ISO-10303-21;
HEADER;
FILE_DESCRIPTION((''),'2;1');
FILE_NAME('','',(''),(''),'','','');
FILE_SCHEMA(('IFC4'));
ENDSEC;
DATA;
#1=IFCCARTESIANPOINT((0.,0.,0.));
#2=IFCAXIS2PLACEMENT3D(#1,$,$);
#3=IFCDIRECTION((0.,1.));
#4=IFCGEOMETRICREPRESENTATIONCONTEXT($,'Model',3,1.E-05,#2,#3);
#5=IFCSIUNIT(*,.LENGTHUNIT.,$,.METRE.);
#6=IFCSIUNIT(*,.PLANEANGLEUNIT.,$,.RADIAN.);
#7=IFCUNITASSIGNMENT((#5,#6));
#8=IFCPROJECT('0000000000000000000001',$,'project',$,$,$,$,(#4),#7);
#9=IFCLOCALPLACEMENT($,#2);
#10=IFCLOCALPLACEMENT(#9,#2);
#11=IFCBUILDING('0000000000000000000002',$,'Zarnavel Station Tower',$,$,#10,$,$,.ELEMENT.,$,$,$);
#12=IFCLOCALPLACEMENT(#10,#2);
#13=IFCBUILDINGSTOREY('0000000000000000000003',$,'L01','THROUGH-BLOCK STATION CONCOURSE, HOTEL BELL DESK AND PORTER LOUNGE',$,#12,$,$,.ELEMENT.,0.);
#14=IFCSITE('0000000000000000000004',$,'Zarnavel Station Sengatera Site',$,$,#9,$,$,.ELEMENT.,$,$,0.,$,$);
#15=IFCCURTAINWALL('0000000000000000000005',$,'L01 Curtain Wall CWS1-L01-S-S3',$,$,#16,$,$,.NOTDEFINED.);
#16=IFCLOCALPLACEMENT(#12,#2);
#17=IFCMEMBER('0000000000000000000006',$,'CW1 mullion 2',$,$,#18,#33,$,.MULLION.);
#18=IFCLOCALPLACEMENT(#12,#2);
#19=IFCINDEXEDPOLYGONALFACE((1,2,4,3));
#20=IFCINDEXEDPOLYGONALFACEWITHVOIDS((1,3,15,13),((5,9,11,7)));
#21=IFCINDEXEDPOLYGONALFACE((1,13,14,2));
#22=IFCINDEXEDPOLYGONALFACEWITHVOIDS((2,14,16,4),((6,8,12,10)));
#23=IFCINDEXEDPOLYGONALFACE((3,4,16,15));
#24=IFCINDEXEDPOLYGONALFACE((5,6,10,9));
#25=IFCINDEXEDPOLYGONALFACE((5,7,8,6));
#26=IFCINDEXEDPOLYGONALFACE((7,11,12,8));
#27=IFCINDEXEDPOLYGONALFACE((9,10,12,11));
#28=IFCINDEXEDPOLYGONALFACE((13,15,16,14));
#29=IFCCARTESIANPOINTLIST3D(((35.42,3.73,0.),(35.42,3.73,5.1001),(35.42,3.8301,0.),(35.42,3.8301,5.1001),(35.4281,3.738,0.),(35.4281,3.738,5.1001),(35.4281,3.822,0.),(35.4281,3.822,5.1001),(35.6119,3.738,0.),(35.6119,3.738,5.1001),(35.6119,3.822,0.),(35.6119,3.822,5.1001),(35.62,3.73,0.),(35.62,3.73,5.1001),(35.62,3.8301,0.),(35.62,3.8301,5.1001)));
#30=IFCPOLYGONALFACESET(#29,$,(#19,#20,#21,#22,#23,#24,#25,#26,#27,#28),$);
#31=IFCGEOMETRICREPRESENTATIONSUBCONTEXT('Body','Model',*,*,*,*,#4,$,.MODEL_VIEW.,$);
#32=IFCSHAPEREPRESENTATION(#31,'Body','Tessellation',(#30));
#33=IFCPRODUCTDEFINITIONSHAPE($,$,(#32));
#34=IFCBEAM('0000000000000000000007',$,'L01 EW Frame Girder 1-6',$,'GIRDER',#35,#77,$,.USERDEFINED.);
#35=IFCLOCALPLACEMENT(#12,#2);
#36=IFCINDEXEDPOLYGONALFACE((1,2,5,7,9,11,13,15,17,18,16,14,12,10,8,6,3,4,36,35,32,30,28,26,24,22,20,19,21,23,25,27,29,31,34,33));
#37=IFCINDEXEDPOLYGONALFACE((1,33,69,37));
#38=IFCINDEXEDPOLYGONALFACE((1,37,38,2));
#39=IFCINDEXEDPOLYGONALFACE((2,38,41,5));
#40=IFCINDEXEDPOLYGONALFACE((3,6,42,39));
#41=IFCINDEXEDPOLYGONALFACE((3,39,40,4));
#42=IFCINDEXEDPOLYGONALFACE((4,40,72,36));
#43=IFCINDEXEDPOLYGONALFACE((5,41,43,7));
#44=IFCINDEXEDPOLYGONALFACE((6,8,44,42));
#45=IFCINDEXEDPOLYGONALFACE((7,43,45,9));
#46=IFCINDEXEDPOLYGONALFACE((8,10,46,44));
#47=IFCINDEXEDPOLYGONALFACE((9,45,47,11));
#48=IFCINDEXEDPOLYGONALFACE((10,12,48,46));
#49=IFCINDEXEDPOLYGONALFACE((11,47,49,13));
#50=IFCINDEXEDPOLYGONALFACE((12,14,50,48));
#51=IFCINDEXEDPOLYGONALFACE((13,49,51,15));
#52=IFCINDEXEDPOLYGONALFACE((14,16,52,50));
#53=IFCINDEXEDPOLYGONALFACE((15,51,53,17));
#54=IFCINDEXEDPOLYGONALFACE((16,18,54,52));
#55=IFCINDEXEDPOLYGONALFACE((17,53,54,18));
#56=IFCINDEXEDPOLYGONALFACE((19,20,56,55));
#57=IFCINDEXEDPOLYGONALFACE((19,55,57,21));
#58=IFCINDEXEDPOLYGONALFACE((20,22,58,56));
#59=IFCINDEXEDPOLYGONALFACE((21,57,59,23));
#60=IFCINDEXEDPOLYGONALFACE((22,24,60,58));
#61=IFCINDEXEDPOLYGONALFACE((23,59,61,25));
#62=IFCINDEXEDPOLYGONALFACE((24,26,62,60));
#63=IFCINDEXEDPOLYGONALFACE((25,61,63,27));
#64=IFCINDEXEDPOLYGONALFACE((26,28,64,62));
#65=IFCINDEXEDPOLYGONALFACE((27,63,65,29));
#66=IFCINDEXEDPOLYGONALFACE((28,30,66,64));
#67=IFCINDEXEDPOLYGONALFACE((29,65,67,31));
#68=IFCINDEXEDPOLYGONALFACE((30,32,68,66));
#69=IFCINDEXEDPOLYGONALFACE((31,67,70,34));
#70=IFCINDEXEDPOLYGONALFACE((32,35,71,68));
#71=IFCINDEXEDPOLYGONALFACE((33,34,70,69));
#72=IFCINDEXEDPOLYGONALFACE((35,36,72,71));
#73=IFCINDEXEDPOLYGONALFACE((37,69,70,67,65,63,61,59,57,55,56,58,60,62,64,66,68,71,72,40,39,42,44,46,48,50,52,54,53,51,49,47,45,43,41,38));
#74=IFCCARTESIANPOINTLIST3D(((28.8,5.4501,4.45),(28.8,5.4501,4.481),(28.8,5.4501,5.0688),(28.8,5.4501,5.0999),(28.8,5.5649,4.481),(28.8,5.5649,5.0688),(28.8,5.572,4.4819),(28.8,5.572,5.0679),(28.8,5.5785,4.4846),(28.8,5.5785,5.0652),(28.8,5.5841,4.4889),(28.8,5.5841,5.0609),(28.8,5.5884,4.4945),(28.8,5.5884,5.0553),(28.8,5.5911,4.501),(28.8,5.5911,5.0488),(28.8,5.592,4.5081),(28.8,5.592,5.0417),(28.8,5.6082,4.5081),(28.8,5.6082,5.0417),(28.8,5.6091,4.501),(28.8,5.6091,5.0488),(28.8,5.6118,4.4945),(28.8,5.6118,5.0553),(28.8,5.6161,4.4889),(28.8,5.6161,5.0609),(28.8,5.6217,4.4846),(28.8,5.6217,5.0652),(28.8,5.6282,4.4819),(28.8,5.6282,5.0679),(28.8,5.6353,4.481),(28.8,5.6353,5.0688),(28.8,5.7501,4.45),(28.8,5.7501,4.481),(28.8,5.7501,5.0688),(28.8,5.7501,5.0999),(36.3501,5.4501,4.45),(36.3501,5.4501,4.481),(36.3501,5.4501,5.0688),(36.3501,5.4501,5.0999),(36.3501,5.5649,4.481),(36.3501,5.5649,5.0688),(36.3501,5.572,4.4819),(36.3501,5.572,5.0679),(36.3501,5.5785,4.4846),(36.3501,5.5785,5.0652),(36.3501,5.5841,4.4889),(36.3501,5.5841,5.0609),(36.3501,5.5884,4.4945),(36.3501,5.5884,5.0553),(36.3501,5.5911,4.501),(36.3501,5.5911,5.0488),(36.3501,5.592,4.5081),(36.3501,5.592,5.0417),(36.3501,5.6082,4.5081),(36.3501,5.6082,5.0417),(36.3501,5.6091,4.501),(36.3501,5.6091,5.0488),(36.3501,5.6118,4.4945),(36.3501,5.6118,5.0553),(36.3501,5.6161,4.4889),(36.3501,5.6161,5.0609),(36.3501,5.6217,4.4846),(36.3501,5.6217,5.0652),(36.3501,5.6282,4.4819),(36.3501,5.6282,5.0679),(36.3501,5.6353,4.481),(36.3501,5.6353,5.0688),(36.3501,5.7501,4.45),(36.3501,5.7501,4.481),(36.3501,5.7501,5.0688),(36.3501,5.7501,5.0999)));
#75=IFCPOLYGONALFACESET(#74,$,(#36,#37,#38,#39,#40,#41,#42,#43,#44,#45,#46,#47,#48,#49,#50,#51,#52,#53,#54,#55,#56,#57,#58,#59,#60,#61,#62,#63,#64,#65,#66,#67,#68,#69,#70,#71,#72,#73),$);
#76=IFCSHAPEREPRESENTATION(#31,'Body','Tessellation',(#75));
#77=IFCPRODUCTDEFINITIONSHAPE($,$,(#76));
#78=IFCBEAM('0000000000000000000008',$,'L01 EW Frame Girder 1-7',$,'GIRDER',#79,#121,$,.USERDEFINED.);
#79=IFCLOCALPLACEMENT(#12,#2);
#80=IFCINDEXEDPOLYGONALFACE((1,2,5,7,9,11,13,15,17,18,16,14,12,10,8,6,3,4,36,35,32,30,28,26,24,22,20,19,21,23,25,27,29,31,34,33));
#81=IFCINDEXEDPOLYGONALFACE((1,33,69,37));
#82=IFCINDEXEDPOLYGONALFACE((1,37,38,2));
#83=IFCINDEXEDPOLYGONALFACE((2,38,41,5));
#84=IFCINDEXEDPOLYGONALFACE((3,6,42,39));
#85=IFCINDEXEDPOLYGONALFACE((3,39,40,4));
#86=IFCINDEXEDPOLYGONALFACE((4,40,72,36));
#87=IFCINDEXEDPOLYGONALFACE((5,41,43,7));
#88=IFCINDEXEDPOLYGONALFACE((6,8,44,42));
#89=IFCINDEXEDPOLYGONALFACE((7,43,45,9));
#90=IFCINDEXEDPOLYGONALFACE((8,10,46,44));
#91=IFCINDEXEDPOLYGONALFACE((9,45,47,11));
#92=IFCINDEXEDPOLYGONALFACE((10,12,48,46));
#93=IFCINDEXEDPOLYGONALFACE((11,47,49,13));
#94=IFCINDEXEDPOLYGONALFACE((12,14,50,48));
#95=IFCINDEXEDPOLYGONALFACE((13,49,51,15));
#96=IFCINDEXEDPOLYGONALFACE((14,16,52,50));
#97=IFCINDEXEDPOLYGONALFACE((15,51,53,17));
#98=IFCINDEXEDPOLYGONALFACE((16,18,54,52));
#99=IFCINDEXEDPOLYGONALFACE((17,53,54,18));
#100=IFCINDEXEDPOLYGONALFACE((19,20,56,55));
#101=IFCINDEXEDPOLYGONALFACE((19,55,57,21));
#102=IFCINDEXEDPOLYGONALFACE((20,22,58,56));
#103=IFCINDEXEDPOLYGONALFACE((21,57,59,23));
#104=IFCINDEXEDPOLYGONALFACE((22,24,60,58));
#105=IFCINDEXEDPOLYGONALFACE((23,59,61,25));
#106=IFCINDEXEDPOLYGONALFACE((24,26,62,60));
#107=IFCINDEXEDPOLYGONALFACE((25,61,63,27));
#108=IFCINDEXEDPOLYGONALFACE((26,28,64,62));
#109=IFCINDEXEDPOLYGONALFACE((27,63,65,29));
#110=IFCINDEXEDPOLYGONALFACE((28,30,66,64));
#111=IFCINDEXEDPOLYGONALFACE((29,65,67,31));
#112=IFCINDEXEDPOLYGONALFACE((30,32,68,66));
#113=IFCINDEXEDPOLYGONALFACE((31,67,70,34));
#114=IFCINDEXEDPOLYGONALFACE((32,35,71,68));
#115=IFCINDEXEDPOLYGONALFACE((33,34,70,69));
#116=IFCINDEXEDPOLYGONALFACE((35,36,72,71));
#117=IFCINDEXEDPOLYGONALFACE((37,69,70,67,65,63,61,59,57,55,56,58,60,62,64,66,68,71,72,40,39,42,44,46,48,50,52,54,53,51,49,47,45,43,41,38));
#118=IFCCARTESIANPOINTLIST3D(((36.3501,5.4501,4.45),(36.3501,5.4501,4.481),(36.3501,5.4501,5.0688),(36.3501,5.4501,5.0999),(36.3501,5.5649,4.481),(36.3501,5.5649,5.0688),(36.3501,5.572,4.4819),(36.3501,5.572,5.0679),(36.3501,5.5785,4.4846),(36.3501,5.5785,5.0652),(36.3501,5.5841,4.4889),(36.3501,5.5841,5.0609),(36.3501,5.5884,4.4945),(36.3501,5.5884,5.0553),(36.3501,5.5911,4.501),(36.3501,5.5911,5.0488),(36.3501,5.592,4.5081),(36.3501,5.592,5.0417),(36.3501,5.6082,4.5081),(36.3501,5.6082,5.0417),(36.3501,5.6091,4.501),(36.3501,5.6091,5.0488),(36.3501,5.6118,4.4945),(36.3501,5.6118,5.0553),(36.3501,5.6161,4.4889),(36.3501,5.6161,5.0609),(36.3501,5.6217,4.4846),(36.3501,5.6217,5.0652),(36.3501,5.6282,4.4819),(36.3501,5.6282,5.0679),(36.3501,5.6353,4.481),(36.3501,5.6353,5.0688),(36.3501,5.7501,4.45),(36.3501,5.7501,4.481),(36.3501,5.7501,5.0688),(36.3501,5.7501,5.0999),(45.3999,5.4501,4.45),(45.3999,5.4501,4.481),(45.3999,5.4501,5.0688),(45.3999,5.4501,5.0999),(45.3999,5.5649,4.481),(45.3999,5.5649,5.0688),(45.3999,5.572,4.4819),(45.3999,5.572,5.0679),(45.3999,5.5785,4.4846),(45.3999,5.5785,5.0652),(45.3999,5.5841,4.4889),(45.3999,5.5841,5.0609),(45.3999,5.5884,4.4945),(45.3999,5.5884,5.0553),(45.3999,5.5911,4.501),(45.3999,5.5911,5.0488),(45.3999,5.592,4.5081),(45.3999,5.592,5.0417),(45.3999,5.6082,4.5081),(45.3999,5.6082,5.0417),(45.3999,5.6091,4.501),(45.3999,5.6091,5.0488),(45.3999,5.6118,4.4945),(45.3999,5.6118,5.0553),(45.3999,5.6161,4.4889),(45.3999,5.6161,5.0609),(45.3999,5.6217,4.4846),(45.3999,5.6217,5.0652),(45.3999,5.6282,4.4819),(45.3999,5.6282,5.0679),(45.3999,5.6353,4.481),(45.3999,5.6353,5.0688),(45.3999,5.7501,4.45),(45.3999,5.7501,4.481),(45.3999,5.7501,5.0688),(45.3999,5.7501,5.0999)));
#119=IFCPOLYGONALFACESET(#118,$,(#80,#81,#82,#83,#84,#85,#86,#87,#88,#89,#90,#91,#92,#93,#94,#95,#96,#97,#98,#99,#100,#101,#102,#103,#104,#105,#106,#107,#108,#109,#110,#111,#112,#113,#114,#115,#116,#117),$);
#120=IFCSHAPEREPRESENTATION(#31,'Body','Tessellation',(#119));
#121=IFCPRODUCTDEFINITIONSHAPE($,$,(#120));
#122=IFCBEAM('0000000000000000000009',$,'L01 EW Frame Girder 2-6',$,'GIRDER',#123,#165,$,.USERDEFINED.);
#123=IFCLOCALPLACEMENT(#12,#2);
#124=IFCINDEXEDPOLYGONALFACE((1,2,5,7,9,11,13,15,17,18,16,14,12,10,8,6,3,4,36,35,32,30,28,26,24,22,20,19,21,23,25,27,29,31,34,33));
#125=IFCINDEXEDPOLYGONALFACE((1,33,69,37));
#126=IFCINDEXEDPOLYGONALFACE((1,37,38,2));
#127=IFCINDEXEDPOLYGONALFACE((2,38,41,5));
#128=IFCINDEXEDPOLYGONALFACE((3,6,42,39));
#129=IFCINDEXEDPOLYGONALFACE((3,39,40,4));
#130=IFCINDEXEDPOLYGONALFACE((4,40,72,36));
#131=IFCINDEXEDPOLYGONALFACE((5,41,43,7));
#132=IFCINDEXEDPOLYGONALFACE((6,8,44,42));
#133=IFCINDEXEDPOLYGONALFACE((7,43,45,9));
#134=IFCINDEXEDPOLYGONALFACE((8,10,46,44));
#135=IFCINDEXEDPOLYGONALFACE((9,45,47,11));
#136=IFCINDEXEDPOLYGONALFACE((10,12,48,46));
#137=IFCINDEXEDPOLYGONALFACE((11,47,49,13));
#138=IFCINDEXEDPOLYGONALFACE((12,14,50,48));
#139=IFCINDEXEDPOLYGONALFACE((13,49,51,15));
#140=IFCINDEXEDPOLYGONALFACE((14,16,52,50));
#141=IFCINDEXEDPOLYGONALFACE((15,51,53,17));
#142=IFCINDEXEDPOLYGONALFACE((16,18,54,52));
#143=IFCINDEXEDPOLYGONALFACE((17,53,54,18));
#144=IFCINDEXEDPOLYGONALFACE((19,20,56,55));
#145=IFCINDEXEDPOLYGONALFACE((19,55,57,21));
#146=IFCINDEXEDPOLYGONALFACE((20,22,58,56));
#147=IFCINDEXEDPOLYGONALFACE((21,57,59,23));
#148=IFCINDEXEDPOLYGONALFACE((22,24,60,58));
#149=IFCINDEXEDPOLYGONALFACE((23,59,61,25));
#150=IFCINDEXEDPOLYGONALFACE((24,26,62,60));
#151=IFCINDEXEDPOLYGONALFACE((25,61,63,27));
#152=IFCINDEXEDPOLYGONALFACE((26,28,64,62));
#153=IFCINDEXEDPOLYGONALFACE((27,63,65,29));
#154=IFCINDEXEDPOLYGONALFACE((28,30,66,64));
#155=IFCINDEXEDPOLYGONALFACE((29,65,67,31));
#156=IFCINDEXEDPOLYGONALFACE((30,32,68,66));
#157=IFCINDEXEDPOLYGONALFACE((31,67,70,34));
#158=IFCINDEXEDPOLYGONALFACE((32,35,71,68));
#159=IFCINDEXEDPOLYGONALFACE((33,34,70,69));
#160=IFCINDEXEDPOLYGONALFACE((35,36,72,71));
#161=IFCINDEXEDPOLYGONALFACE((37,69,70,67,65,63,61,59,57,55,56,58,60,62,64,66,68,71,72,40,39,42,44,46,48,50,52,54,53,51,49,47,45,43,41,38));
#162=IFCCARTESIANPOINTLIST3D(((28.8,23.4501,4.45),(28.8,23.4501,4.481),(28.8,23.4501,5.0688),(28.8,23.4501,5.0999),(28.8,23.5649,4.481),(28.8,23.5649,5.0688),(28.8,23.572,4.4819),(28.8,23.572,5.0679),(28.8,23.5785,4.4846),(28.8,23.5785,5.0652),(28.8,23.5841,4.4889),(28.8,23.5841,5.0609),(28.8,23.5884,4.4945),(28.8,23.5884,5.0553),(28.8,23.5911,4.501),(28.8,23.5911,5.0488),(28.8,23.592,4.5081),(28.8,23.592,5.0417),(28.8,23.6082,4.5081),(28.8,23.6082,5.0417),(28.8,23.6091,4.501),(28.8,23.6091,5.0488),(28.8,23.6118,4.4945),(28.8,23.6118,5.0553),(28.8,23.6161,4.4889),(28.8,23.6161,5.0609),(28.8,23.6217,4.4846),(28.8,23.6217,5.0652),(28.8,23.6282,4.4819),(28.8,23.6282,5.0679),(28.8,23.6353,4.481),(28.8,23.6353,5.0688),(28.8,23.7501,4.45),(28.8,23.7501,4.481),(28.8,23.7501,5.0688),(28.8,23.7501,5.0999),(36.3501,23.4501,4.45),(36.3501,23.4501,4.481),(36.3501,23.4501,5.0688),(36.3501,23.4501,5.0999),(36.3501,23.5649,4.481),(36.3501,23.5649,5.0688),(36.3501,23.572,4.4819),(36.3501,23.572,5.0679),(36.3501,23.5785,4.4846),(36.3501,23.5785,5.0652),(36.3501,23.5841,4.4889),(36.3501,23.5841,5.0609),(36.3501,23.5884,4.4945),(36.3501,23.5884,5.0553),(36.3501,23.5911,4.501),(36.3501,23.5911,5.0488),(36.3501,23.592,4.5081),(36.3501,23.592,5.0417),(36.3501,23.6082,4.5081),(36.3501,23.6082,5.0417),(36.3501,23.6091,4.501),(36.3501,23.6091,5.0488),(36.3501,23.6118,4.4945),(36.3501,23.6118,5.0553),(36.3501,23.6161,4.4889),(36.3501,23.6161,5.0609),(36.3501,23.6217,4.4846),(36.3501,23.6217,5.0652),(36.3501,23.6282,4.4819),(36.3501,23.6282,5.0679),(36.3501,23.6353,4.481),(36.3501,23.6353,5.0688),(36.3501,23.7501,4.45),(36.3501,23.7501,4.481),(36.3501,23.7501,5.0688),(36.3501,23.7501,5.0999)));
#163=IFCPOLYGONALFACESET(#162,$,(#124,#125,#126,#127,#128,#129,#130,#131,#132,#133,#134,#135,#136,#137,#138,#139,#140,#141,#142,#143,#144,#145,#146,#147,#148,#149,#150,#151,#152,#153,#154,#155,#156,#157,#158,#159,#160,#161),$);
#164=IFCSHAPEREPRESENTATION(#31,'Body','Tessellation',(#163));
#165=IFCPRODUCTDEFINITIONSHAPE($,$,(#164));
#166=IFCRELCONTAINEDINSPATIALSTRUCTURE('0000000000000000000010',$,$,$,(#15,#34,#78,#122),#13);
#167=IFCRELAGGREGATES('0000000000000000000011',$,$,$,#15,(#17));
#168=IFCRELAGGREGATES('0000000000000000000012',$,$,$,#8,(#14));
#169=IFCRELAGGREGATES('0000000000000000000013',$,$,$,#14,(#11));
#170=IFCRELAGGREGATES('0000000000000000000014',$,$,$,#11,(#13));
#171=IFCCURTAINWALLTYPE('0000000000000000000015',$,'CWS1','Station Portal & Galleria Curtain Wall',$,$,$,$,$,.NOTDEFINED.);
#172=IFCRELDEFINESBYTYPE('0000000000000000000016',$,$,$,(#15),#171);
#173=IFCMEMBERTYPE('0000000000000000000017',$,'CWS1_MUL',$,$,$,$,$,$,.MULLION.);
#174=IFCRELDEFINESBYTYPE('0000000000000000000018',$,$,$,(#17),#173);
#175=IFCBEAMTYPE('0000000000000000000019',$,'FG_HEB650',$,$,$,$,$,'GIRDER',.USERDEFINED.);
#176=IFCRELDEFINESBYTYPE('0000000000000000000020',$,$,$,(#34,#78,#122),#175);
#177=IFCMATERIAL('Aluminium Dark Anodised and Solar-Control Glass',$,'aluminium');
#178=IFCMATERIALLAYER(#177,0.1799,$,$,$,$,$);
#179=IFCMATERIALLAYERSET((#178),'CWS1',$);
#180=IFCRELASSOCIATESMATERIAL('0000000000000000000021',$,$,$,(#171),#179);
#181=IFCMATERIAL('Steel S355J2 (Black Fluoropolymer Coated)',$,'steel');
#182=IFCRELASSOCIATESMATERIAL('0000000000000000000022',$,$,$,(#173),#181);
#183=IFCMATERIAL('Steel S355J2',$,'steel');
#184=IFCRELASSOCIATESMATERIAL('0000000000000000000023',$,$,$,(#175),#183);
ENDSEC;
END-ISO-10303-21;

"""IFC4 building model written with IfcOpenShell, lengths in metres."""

from ifc_helpers import new_model, si_unit, direction, frame, origin, origin_2d, place, context, subcontext, project, spatial, hollow_rectangle, i_section, extrude, material, layer, layer_set, material_profile, profile_set, type_object, element, aggregate, save


model = new_model("IFC4")

# Units and contexts
model_context = context("Model", 3, precision=1e-05, world=origin(), true_north=direction((0.0, 1.0)))
body_context = subcontext(model_context, "Body", "Model", "MODEL_VIEW")
ifc_project = project(units=[si_unit("LENGTHUNIT", "METRE"), si_unit("PLANEANGLEUNIT", "RADIAN")], contexts=[model_context])

# Site, building, storey
site_placement = place(None, origin())
site = spatial("IfcSite", under=ifc_project, at=site_placement, Name="Zarnavel Station Sengatera Site", CompositionType="ELEMENT", RefElevation=0.0)
building_placement = place(site_placement, origin())
building = spatial("IfcBuilding", under=site, at=building_placement, Name="Zarnavel Station Tower", CompositionType="ELEMENT")
storey_placement = place(building_placement, origin())
storey = spatial("IfcBuildingStorey", under=building, at=storey_placement, Name="L01", Description="THROUGH-BLOCK STATION CONCOURSE, HOTEL BELL DESK AND PORTER LOUNGE", CompositionType="ELEMENT", Elevation=0.0)

# Curtain wall, member
ifc_material_1 = material(Name="Aluminium Dark Anodised and Solar-Control Glass", Category="aluminium")
ifc_layer_1 = layer(ifc_material_1, 0.1799)
ifc_layer_set_1 = layer_set([ifc_layer_1], Name="CWS1")
curtain_wall_type = type_object("IfcCurtainWallType", Name="CWS1", Description="Station Portal & Galleria Curtain Wall", PredefinedType="NOTDEFINED", material=ifc_layer_set_1)
curtain_wall_placement = place(storey_placement, origin())
curtain_wall = element("IfcCurtainWall", 1, at=curtain_wall_placement, inside=storey, type_object=curtain_wall_type, Name="L01 Curtain Wall CWS1-L01-S-S3", PredefinedType="NOTDEFINED")
ifc_material_2 = material(Name="Steel S355J2 (Black Fluoropolymer Coated)", Category="steel")
ifc_material_profile_1 = material_profile(ifc_material_2, hollow_rectangle(XDim=0.1001, YDim=0.2, WallThickness=0.0081, at=origin_2d()), Name="RHS200x100x8")
ifc_profile_set_1 = profile_set([ifc_material_profile_1], Name="Steel S355J2 (Black Fluoropolymer Coated)")
member_type = type_object("IfcMemberType", Name="CWS1_MUL", PredefinedType="MULLION", material=ifc_profile_set_1)
member_placement = place(storey_placement, frame((35.52, 3.78, 0.0), z_axis=(0.0, 0.0, 1.0), x_axis=(0.0, 1.0, 0.0)))
member = element("IfcMember", 2, at=member_placement, type_object=member_type, Name="CW1 mullion 2", PredefinedType="MULLION", context=body_context, shape_type="SweptSolid", body=[
    extrude(hollow_rectangle(XDim=0.1001, YDim=0.2, WallThickness=0.0081, at=origin_2d()), origin(), (0.0, 0.0, 1.0), 5.1001),
])
aggregate(curtain_wall, [member])

# Beams
ifc_material_3 = material(Name="Steel S355J2", Category="steel")
ifc_material_profile_2 = material_profile(ifc_material_3, i_section(OverallWidth=0.3, OverallDepth=0.6499, WebThickness=0.0161, FlangeThickness=0.031, FilletRadius=0.0271, at=origin_2d()), Name="HEB650")
ifc_profile_set_2 = profile_set([ifc_material_profile_2], Name="Steel S355J2")
beam_type_1 = type_object("IfcBeamType", Name="FG_HEB650", ElementType="GIRDER", PredefinedType="USERDEFINED", material=ifc_profile_set_2)
beam_1_placement = place(storey_placement, frame((28.8, 5.6001, 4.7749), z_axis=(1.0, 0.0, 0.0), x_axis=(0.0, 1.0, 0.0)))
element("IfcBeam", 3, at=beam_1_placement, inside=storey, type_object=beam_type_1, Name="L01 EW Frame Girder 1-6", ObjectType="GIRDER", PredefinedType="USERDEFINED", context=body_context, shape_type="SweptSolid", body=[
    extrude(i_section(OverallWidth=0.3, OverallDepth=0.6499, WebThickness=0.0161, FlangeThickness=0.031, FilletRadius=0.0271, at=origin_2d()), origin(), (0.0, 0.0, 1.0), 7.55),
])
beam_2_placement = place(storey_placement, frame((36.3501, 5.6001, 4.7749), z_axis=(1.0, 0.0, 0.0), x_axis=(0.0, 1.0, 0.0)))
element("IfcBeam", 4, at=beam_2_placement, inside=storey, type_object=beam_type_1, Name="L01 EW Frame Girder 1-7", ObjectType="GIRDER", PredefinedType="USERDEFINED", context=body_context, shape_type="SweptSolid", body=[
    extrude(i_section(OverallWidth=0.3, OverallDepth=0.6499, WebThickness=0.0161, FlangeThickness=0.031, FilletRadius=0.0271, at=origin_2d()), origin(), (0.0, 0.0, 1.0), 9.0498),
])
beam_3_placement = place(storey_placement, frame((28.8, 23.6001, 4.7749), z_axis=(1.0, 0.0, 0.0), x_axis=(0.0, 1.0, 0.0)))
element("IfcBeam", 5, at=beam_3_placement, inside=storey, type_object=beam_type_1, Name="L01 EW Frame Girder 2-6", ObjectType="GIRDER", PredefinedType="USERDEFINED", context=body_context, shape_type="SweptSolid", body=[
    extrude(i_section(OverallWidth=0.3, OverallDepth=0.6499, WebThickness=0.0161, FlangeThickness=0.031, FilletRadius=0.0271, at=origin_2d()), origin(), (0.0, 0.0, 1.0), 7.55),
])

save(model, "model.ifc")
